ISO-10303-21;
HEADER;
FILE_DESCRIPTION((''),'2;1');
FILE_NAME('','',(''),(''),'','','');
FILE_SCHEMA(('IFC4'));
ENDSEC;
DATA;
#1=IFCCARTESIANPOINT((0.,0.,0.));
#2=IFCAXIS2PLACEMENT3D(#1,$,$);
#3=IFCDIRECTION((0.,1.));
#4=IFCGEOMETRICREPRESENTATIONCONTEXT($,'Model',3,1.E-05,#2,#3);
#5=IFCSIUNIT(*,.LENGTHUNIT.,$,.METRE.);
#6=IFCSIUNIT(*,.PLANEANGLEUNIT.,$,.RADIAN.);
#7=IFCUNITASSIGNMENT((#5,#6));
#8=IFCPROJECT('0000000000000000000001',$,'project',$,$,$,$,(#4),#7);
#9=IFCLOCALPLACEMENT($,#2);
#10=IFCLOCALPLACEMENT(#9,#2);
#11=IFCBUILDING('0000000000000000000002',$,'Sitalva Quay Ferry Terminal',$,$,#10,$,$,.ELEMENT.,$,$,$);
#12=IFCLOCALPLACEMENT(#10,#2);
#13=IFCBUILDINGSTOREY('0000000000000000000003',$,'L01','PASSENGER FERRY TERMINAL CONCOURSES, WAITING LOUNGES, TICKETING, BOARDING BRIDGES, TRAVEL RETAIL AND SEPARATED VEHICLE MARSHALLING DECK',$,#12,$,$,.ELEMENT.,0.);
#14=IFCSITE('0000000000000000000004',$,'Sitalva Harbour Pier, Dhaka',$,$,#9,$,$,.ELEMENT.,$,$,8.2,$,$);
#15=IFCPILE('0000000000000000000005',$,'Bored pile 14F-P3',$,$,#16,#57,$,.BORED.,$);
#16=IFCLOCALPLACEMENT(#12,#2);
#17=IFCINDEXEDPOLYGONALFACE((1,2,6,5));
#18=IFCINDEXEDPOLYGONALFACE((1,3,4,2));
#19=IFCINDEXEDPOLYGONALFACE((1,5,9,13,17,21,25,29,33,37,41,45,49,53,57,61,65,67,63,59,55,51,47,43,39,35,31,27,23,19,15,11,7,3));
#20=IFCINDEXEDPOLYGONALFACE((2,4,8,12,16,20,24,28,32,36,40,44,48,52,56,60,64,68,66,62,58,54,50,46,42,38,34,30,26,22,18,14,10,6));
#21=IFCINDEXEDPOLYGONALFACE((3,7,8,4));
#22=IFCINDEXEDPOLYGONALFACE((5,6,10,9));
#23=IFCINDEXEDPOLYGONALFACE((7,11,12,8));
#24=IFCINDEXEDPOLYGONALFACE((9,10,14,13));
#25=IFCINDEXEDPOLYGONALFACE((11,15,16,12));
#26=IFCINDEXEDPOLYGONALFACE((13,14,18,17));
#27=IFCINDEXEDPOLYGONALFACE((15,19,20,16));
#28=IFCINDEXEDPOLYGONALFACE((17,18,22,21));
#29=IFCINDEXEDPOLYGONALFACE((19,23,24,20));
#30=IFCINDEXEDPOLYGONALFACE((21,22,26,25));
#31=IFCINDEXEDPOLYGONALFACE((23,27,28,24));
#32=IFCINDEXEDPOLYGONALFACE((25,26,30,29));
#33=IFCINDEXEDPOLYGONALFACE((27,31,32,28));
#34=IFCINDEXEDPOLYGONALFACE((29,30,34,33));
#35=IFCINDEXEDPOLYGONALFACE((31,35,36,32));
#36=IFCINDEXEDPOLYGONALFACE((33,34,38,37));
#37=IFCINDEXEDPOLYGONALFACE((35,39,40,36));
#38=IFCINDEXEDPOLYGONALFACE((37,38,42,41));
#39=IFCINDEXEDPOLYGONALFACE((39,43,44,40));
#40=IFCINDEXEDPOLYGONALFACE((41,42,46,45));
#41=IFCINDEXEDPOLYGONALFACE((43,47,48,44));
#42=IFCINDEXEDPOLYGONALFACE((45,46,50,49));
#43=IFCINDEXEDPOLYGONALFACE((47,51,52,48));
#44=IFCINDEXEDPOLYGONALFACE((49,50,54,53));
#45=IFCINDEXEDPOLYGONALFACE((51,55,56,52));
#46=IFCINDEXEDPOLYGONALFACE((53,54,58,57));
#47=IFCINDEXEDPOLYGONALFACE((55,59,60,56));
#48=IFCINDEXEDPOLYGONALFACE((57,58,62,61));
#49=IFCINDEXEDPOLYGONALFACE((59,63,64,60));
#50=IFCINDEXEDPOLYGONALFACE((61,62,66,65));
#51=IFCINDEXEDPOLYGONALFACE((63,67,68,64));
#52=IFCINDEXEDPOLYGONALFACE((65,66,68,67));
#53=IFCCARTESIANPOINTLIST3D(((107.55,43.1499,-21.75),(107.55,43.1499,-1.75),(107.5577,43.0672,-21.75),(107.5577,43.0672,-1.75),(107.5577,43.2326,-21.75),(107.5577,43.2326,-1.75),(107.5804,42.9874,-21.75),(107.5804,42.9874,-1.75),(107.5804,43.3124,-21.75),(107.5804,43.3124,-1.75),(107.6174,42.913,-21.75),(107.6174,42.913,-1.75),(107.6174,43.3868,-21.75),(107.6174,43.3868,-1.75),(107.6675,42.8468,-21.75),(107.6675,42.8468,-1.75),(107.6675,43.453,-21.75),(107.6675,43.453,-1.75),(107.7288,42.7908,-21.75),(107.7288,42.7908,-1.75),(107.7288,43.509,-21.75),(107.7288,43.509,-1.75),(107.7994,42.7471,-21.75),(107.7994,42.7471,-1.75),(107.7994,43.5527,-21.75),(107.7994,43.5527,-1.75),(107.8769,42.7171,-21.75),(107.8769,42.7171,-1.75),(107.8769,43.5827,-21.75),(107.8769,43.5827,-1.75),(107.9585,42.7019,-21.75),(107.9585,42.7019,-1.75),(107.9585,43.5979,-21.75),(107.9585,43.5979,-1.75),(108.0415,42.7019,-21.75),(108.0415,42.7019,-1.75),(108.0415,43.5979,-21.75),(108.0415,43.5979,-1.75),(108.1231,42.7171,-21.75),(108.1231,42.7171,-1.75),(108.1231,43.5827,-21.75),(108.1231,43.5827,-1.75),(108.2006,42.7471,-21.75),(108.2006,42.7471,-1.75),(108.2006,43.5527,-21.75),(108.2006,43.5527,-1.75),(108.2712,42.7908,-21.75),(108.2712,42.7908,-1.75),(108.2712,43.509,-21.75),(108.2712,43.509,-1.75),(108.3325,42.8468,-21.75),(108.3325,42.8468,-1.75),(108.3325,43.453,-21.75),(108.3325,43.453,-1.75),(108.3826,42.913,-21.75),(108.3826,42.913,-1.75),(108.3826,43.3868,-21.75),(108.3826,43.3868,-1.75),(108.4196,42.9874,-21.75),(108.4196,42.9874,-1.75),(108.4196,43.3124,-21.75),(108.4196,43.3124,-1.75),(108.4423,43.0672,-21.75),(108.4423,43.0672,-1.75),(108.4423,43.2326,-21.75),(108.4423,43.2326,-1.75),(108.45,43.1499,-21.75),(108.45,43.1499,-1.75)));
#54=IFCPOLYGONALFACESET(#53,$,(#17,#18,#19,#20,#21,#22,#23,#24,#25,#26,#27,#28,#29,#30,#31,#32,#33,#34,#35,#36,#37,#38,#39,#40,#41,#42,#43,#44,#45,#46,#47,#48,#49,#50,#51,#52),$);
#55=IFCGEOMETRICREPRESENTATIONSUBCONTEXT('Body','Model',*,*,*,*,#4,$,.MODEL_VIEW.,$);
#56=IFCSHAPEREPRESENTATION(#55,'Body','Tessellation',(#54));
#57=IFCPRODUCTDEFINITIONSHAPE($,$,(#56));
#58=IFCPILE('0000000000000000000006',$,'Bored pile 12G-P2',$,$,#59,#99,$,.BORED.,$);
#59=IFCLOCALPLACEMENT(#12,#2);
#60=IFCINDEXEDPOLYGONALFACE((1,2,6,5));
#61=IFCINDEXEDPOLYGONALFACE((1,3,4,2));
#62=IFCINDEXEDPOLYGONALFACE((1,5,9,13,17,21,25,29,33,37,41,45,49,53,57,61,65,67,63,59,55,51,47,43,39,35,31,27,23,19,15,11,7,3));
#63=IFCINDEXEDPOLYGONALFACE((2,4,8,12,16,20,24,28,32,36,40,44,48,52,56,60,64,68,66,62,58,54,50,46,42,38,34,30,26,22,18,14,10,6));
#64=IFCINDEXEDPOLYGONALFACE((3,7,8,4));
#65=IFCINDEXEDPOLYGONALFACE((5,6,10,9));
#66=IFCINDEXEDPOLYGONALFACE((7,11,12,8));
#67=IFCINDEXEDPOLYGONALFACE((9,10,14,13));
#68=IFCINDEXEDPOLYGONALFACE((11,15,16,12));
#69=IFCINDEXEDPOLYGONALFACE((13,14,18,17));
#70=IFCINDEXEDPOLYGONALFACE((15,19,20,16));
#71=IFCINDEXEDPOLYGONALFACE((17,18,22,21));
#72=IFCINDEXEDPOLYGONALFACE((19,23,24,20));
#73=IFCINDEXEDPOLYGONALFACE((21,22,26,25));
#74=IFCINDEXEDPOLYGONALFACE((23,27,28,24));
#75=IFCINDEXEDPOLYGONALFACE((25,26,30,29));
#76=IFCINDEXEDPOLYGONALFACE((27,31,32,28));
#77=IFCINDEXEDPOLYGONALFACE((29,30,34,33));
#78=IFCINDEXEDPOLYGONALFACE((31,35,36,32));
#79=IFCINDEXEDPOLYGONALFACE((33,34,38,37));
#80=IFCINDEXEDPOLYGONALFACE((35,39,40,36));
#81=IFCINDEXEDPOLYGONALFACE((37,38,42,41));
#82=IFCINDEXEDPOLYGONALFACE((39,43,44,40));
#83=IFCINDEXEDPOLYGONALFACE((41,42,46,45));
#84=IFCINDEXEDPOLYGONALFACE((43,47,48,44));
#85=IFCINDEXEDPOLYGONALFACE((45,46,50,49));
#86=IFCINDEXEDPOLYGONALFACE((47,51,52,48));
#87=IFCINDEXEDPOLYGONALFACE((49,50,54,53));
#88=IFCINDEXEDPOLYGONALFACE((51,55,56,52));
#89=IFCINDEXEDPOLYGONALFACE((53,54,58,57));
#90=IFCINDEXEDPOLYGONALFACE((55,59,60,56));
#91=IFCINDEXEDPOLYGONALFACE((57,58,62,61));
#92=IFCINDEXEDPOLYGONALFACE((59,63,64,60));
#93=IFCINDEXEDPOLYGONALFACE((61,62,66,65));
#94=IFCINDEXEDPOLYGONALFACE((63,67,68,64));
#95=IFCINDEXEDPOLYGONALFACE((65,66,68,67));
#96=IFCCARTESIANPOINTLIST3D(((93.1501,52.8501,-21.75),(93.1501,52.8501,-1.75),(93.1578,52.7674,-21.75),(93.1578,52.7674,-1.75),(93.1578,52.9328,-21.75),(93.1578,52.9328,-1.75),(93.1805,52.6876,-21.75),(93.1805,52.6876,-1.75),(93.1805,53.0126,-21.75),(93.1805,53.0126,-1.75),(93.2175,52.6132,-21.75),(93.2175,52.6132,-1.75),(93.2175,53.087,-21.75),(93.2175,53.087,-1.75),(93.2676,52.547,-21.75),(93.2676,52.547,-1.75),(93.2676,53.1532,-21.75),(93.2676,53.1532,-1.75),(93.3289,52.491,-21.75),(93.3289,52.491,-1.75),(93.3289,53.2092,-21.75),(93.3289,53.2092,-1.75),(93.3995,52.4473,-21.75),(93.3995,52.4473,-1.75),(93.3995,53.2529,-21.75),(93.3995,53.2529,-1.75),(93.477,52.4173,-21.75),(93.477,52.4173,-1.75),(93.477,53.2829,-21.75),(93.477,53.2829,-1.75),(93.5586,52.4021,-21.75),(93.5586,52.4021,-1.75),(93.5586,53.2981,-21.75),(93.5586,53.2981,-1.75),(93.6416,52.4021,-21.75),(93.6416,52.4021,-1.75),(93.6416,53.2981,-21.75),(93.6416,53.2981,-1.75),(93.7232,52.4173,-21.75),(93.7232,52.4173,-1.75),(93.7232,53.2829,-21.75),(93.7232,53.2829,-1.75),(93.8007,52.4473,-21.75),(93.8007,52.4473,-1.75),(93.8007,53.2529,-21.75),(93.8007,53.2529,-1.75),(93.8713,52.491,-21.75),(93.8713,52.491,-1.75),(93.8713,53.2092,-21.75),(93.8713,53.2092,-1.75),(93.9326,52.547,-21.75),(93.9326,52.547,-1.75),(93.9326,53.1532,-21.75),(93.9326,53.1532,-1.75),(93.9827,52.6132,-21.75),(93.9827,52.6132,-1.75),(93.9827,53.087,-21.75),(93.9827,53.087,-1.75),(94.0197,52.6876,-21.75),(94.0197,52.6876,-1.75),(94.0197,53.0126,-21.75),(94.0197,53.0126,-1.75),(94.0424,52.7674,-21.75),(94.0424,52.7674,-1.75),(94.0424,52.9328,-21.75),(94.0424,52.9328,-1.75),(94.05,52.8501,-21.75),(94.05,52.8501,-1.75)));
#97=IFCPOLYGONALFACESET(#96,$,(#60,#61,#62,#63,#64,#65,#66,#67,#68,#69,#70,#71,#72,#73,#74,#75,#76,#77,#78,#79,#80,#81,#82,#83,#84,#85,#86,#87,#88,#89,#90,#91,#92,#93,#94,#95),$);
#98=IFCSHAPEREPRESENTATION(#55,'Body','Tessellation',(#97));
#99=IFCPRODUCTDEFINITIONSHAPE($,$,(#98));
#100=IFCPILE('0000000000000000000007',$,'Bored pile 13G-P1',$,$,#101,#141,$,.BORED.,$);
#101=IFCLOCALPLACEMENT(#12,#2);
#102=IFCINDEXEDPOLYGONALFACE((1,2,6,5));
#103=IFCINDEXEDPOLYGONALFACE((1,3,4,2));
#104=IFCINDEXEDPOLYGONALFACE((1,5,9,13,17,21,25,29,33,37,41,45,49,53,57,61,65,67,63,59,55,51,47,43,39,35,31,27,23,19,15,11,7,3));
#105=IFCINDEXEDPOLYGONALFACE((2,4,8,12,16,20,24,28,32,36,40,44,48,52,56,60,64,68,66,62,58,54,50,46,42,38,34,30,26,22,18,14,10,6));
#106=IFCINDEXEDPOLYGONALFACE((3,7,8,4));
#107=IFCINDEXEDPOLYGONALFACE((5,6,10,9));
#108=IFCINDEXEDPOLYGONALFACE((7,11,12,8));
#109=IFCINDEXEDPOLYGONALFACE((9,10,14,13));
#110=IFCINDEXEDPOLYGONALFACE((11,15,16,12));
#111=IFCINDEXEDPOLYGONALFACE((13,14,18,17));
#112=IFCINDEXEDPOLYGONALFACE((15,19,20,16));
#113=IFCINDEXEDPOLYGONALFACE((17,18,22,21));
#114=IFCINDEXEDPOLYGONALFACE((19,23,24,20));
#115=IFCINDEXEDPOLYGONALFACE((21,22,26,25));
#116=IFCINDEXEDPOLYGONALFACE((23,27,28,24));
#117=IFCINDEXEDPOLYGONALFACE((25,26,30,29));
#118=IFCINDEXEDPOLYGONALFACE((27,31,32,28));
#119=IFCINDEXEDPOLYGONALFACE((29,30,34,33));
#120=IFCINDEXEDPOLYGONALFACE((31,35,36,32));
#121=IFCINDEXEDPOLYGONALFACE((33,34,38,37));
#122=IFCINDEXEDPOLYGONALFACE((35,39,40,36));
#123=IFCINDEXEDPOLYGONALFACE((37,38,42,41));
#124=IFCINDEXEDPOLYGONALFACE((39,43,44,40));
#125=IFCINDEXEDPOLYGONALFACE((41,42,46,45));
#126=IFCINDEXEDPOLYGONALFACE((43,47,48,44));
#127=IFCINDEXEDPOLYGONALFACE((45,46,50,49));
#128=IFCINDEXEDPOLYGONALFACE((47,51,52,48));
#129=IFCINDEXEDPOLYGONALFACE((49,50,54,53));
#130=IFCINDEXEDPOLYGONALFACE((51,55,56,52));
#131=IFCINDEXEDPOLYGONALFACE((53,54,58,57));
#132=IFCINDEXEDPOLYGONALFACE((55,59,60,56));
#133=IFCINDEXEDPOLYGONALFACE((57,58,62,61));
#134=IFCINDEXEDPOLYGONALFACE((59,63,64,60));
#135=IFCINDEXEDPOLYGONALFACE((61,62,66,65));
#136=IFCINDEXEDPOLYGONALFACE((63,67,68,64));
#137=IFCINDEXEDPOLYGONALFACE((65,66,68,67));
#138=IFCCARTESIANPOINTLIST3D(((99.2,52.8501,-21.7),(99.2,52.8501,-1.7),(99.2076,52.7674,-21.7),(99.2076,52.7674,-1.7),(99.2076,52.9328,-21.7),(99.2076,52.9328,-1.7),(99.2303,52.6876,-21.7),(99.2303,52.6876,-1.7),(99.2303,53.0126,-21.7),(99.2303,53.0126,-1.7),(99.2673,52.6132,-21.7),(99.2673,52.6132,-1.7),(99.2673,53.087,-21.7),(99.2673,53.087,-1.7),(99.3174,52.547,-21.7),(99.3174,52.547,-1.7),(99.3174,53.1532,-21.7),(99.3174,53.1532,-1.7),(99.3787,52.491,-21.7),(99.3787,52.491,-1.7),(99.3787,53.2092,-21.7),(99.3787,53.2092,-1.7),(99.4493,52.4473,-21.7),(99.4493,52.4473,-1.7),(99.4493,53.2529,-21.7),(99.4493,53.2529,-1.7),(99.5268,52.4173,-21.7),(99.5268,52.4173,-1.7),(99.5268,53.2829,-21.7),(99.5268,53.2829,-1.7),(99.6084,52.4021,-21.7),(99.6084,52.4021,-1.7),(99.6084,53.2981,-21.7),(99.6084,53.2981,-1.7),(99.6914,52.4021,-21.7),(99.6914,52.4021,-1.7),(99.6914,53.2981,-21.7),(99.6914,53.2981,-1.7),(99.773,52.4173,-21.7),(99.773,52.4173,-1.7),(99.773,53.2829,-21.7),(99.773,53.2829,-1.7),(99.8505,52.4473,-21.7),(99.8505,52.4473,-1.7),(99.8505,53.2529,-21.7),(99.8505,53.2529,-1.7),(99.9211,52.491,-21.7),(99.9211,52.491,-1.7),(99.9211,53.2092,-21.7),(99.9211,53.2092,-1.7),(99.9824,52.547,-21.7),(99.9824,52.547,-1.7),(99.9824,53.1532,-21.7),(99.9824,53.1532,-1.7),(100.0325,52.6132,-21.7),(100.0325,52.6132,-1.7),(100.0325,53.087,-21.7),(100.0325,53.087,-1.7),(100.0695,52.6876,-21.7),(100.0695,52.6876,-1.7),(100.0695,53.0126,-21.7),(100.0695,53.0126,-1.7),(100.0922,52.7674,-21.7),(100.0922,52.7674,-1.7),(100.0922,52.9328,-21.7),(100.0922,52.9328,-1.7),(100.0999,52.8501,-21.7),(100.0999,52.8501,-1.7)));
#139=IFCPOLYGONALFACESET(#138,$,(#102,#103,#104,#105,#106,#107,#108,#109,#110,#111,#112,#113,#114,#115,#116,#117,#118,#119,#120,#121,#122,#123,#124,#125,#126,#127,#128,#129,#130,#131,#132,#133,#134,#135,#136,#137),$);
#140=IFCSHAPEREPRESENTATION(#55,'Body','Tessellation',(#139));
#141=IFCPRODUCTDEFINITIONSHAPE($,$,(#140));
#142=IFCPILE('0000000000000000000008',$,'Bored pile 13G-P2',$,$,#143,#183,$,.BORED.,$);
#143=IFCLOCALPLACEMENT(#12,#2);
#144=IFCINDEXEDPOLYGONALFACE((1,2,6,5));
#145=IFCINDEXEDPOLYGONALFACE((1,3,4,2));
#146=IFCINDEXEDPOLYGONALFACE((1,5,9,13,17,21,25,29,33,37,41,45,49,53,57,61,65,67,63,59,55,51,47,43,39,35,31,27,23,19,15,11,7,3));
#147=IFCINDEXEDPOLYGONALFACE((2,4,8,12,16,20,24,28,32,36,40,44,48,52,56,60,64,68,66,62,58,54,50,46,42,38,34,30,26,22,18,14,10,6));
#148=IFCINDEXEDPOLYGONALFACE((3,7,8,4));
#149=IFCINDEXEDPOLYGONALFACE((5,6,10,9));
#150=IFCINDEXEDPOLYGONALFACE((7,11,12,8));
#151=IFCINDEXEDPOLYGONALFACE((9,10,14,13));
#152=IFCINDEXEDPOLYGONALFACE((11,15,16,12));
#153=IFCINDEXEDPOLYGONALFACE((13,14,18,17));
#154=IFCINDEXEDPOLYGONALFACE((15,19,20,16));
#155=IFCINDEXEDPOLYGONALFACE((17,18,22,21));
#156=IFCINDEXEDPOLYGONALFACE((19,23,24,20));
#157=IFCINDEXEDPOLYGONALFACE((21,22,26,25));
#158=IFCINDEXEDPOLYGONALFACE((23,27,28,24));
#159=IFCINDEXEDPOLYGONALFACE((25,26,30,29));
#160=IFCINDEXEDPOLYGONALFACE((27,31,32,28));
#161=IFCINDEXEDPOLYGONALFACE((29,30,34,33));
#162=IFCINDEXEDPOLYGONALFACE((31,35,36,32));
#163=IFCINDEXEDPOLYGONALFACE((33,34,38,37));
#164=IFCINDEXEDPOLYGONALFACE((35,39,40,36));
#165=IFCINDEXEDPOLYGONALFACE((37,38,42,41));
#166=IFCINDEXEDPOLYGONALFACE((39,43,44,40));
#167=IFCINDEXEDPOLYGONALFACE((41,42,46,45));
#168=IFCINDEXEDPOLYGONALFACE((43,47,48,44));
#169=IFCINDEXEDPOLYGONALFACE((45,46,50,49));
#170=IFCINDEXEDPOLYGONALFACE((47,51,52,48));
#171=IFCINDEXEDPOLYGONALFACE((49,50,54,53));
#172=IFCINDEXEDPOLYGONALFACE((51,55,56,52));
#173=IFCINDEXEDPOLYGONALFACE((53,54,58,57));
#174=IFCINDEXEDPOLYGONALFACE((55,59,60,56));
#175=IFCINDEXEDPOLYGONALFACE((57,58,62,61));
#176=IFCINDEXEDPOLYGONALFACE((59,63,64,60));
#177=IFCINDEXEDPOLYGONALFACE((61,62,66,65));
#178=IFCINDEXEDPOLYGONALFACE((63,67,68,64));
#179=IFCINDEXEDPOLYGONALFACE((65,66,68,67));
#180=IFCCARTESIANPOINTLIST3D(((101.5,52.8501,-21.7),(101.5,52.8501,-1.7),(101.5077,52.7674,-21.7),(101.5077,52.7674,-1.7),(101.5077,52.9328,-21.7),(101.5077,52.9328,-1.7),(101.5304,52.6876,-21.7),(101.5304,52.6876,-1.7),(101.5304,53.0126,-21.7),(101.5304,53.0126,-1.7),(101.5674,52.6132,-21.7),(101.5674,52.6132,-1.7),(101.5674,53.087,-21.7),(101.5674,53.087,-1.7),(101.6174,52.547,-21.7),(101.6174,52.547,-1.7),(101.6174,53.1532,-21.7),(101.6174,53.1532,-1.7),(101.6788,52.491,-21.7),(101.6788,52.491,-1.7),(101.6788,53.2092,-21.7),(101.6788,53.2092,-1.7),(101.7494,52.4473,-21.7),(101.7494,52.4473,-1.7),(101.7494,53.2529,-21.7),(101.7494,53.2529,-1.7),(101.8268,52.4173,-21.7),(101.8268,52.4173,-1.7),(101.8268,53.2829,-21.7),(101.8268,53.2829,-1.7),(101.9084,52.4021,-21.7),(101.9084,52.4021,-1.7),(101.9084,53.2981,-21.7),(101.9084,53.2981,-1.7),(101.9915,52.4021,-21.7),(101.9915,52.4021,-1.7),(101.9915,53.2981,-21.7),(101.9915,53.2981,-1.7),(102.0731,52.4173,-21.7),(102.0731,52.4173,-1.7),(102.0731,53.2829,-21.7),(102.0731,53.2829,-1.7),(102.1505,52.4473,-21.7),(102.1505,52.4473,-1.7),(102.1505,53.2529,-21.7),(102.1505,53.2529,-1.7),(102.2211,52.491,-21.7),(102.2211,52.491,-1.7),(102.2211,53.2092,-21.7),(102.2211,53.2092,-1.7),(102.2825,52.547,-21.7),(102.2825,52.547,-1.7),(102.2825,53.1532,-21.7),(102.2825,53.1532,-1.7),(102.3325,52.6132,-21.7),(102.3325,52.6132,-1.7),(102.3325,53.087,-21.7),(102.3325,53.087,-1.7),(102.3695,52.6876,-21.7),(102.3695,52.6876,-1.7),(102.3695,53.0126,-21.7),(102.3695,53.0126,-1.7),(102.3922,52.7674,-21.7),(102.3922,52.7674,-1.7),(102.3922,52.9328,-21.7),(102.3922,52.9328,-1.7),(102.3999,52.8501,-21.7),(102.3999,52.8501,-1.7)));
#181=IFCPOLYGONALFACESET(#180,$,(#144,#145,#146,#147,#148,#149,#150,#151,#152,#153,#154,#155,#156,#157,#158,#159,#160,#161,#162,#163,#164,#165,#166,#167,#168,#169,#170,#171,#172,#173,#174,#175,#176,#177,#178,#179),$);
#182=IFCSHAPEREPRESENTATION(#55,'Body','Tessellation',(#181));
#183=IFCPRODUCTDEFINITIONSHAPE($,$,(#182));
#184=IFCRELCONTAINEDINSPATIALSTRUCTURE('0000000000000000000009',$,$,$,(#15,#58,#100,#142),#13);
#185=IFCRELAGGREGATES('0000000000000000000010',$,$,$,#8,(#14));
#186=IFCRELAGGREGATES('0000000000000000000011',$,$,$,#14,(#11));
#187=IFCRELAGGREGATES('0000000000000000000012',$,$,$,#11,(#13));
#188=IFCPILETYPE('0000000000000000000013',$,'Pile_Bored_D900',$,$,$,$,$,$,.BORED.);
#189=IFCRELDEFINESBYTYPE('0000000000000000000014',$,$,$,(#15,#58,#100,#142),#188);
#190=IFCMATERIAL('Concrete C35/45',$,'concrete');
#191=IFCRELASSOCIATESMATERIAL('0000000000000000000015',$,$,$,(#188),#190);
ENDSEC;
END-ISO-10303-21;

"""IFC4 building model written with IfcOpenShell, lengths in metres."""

from ifc_helpers import new_model, si_unit, direction, frame, origin, origin_2d, place, context, subcontext, project, spatial, circle, extrude, material, material_profile, profile_set, type_object, element, save


model = new_model("IFC4")

# Units and contexts
model_context = context("Model", 3, precision=1e-05, world=origin(), true_north=direction((0.0, 1.0)))
body_context = subcontext(model_context, "Body", "Model", "MODEL_VIEW")
ifc_project = project(units=[si_unit("LENGTHUNIT", "METRE"), si_unit("PLANEANGLEUNIT", "RADIAN")], contexts=[model_context])

# Site, building, storey
site_placement = place(None, origin())
site = spatial("IfcSite", under=ifc_project, at=site_placement, Name="Sitalva Harbour Pier, Dhaka", CompositionType="ELEMENT", RefElevation=8.2)
building_placement = place(site_placement, origin())
building = spatial("IfcBuilding", under=site, at=building_placement, Name="Sitalva Quay Ferry Terminal", CompositionType="ELEMENT")
storey_placement = place(building_placement, origin())
storey = spatial("IfcBuildingStorey", under=building, at=storey_placement, Name="L01", Description="PASSENGER FERRY TERMINAL CONCOURSES, WAITING LOUNGES, TICKETING, BOARDING BRIDGES, TRAVEL RETAIL AND SEPARATED VEHICLE MARSHALLING DECK", CompositionType="ELEMENT", Elevation=0.0)

# Piles
ifc_material_1 = material(Name="Concrete C35/45", Category="concrete")
ifc_material_profile_1 = material_profile(ifc_material_1, circle(Radius=0.45, at=origin_2d()), Name="PILE-D900")
ifc_profile_set_1 = profile_set([ifc_material_profile_1], Name="Concrete C35/45")
pile_type = type_object("IfcPileType", Name="Pile_Bored_D900", PredefinedType="BORED", material=ifc_profile_set_1)
for number, where, z_axis, x_axis, name in (
    (1, (108.0, 43.1499, -1.75), (0.0, 0.0, -1.0), (1.0, 0.0, 0.0), "Bored pile 14F-P3"),
    (2, (93.6001, 52.8501, -1.75), (0.0, 0.0, -1.0), (1.0, 0.0, 0.0), "Bored pile 12G-P2"),
    (3, (99.6499, 52.8501, -1.7), (0.0, 0.0, -1.0), (1.0, 0.0, 0.0), "Bored pile 13G-P1"),
    (4, (101.95, 52.8501, -1.7), (0.0, 0.0, -1.0), (1.0, 0.0, 0.0), "Bored pile 13G-P2"),
):
    element("IfcPile", number, at=place(storey_placement, frame(where, z_axis=z_axis, x_axis=x_axis)), inside=storey, type_object=pile_type, Name=name, PredefinedType="BORED", context=body_context, shape_type="SweptSolid", body=[
        extrude(circle(Radius=0.45, at=origin_2d()), origin(), (0.0, 0.0, 1.0), 20.0),
    ])

save(model, "model.ifc")
